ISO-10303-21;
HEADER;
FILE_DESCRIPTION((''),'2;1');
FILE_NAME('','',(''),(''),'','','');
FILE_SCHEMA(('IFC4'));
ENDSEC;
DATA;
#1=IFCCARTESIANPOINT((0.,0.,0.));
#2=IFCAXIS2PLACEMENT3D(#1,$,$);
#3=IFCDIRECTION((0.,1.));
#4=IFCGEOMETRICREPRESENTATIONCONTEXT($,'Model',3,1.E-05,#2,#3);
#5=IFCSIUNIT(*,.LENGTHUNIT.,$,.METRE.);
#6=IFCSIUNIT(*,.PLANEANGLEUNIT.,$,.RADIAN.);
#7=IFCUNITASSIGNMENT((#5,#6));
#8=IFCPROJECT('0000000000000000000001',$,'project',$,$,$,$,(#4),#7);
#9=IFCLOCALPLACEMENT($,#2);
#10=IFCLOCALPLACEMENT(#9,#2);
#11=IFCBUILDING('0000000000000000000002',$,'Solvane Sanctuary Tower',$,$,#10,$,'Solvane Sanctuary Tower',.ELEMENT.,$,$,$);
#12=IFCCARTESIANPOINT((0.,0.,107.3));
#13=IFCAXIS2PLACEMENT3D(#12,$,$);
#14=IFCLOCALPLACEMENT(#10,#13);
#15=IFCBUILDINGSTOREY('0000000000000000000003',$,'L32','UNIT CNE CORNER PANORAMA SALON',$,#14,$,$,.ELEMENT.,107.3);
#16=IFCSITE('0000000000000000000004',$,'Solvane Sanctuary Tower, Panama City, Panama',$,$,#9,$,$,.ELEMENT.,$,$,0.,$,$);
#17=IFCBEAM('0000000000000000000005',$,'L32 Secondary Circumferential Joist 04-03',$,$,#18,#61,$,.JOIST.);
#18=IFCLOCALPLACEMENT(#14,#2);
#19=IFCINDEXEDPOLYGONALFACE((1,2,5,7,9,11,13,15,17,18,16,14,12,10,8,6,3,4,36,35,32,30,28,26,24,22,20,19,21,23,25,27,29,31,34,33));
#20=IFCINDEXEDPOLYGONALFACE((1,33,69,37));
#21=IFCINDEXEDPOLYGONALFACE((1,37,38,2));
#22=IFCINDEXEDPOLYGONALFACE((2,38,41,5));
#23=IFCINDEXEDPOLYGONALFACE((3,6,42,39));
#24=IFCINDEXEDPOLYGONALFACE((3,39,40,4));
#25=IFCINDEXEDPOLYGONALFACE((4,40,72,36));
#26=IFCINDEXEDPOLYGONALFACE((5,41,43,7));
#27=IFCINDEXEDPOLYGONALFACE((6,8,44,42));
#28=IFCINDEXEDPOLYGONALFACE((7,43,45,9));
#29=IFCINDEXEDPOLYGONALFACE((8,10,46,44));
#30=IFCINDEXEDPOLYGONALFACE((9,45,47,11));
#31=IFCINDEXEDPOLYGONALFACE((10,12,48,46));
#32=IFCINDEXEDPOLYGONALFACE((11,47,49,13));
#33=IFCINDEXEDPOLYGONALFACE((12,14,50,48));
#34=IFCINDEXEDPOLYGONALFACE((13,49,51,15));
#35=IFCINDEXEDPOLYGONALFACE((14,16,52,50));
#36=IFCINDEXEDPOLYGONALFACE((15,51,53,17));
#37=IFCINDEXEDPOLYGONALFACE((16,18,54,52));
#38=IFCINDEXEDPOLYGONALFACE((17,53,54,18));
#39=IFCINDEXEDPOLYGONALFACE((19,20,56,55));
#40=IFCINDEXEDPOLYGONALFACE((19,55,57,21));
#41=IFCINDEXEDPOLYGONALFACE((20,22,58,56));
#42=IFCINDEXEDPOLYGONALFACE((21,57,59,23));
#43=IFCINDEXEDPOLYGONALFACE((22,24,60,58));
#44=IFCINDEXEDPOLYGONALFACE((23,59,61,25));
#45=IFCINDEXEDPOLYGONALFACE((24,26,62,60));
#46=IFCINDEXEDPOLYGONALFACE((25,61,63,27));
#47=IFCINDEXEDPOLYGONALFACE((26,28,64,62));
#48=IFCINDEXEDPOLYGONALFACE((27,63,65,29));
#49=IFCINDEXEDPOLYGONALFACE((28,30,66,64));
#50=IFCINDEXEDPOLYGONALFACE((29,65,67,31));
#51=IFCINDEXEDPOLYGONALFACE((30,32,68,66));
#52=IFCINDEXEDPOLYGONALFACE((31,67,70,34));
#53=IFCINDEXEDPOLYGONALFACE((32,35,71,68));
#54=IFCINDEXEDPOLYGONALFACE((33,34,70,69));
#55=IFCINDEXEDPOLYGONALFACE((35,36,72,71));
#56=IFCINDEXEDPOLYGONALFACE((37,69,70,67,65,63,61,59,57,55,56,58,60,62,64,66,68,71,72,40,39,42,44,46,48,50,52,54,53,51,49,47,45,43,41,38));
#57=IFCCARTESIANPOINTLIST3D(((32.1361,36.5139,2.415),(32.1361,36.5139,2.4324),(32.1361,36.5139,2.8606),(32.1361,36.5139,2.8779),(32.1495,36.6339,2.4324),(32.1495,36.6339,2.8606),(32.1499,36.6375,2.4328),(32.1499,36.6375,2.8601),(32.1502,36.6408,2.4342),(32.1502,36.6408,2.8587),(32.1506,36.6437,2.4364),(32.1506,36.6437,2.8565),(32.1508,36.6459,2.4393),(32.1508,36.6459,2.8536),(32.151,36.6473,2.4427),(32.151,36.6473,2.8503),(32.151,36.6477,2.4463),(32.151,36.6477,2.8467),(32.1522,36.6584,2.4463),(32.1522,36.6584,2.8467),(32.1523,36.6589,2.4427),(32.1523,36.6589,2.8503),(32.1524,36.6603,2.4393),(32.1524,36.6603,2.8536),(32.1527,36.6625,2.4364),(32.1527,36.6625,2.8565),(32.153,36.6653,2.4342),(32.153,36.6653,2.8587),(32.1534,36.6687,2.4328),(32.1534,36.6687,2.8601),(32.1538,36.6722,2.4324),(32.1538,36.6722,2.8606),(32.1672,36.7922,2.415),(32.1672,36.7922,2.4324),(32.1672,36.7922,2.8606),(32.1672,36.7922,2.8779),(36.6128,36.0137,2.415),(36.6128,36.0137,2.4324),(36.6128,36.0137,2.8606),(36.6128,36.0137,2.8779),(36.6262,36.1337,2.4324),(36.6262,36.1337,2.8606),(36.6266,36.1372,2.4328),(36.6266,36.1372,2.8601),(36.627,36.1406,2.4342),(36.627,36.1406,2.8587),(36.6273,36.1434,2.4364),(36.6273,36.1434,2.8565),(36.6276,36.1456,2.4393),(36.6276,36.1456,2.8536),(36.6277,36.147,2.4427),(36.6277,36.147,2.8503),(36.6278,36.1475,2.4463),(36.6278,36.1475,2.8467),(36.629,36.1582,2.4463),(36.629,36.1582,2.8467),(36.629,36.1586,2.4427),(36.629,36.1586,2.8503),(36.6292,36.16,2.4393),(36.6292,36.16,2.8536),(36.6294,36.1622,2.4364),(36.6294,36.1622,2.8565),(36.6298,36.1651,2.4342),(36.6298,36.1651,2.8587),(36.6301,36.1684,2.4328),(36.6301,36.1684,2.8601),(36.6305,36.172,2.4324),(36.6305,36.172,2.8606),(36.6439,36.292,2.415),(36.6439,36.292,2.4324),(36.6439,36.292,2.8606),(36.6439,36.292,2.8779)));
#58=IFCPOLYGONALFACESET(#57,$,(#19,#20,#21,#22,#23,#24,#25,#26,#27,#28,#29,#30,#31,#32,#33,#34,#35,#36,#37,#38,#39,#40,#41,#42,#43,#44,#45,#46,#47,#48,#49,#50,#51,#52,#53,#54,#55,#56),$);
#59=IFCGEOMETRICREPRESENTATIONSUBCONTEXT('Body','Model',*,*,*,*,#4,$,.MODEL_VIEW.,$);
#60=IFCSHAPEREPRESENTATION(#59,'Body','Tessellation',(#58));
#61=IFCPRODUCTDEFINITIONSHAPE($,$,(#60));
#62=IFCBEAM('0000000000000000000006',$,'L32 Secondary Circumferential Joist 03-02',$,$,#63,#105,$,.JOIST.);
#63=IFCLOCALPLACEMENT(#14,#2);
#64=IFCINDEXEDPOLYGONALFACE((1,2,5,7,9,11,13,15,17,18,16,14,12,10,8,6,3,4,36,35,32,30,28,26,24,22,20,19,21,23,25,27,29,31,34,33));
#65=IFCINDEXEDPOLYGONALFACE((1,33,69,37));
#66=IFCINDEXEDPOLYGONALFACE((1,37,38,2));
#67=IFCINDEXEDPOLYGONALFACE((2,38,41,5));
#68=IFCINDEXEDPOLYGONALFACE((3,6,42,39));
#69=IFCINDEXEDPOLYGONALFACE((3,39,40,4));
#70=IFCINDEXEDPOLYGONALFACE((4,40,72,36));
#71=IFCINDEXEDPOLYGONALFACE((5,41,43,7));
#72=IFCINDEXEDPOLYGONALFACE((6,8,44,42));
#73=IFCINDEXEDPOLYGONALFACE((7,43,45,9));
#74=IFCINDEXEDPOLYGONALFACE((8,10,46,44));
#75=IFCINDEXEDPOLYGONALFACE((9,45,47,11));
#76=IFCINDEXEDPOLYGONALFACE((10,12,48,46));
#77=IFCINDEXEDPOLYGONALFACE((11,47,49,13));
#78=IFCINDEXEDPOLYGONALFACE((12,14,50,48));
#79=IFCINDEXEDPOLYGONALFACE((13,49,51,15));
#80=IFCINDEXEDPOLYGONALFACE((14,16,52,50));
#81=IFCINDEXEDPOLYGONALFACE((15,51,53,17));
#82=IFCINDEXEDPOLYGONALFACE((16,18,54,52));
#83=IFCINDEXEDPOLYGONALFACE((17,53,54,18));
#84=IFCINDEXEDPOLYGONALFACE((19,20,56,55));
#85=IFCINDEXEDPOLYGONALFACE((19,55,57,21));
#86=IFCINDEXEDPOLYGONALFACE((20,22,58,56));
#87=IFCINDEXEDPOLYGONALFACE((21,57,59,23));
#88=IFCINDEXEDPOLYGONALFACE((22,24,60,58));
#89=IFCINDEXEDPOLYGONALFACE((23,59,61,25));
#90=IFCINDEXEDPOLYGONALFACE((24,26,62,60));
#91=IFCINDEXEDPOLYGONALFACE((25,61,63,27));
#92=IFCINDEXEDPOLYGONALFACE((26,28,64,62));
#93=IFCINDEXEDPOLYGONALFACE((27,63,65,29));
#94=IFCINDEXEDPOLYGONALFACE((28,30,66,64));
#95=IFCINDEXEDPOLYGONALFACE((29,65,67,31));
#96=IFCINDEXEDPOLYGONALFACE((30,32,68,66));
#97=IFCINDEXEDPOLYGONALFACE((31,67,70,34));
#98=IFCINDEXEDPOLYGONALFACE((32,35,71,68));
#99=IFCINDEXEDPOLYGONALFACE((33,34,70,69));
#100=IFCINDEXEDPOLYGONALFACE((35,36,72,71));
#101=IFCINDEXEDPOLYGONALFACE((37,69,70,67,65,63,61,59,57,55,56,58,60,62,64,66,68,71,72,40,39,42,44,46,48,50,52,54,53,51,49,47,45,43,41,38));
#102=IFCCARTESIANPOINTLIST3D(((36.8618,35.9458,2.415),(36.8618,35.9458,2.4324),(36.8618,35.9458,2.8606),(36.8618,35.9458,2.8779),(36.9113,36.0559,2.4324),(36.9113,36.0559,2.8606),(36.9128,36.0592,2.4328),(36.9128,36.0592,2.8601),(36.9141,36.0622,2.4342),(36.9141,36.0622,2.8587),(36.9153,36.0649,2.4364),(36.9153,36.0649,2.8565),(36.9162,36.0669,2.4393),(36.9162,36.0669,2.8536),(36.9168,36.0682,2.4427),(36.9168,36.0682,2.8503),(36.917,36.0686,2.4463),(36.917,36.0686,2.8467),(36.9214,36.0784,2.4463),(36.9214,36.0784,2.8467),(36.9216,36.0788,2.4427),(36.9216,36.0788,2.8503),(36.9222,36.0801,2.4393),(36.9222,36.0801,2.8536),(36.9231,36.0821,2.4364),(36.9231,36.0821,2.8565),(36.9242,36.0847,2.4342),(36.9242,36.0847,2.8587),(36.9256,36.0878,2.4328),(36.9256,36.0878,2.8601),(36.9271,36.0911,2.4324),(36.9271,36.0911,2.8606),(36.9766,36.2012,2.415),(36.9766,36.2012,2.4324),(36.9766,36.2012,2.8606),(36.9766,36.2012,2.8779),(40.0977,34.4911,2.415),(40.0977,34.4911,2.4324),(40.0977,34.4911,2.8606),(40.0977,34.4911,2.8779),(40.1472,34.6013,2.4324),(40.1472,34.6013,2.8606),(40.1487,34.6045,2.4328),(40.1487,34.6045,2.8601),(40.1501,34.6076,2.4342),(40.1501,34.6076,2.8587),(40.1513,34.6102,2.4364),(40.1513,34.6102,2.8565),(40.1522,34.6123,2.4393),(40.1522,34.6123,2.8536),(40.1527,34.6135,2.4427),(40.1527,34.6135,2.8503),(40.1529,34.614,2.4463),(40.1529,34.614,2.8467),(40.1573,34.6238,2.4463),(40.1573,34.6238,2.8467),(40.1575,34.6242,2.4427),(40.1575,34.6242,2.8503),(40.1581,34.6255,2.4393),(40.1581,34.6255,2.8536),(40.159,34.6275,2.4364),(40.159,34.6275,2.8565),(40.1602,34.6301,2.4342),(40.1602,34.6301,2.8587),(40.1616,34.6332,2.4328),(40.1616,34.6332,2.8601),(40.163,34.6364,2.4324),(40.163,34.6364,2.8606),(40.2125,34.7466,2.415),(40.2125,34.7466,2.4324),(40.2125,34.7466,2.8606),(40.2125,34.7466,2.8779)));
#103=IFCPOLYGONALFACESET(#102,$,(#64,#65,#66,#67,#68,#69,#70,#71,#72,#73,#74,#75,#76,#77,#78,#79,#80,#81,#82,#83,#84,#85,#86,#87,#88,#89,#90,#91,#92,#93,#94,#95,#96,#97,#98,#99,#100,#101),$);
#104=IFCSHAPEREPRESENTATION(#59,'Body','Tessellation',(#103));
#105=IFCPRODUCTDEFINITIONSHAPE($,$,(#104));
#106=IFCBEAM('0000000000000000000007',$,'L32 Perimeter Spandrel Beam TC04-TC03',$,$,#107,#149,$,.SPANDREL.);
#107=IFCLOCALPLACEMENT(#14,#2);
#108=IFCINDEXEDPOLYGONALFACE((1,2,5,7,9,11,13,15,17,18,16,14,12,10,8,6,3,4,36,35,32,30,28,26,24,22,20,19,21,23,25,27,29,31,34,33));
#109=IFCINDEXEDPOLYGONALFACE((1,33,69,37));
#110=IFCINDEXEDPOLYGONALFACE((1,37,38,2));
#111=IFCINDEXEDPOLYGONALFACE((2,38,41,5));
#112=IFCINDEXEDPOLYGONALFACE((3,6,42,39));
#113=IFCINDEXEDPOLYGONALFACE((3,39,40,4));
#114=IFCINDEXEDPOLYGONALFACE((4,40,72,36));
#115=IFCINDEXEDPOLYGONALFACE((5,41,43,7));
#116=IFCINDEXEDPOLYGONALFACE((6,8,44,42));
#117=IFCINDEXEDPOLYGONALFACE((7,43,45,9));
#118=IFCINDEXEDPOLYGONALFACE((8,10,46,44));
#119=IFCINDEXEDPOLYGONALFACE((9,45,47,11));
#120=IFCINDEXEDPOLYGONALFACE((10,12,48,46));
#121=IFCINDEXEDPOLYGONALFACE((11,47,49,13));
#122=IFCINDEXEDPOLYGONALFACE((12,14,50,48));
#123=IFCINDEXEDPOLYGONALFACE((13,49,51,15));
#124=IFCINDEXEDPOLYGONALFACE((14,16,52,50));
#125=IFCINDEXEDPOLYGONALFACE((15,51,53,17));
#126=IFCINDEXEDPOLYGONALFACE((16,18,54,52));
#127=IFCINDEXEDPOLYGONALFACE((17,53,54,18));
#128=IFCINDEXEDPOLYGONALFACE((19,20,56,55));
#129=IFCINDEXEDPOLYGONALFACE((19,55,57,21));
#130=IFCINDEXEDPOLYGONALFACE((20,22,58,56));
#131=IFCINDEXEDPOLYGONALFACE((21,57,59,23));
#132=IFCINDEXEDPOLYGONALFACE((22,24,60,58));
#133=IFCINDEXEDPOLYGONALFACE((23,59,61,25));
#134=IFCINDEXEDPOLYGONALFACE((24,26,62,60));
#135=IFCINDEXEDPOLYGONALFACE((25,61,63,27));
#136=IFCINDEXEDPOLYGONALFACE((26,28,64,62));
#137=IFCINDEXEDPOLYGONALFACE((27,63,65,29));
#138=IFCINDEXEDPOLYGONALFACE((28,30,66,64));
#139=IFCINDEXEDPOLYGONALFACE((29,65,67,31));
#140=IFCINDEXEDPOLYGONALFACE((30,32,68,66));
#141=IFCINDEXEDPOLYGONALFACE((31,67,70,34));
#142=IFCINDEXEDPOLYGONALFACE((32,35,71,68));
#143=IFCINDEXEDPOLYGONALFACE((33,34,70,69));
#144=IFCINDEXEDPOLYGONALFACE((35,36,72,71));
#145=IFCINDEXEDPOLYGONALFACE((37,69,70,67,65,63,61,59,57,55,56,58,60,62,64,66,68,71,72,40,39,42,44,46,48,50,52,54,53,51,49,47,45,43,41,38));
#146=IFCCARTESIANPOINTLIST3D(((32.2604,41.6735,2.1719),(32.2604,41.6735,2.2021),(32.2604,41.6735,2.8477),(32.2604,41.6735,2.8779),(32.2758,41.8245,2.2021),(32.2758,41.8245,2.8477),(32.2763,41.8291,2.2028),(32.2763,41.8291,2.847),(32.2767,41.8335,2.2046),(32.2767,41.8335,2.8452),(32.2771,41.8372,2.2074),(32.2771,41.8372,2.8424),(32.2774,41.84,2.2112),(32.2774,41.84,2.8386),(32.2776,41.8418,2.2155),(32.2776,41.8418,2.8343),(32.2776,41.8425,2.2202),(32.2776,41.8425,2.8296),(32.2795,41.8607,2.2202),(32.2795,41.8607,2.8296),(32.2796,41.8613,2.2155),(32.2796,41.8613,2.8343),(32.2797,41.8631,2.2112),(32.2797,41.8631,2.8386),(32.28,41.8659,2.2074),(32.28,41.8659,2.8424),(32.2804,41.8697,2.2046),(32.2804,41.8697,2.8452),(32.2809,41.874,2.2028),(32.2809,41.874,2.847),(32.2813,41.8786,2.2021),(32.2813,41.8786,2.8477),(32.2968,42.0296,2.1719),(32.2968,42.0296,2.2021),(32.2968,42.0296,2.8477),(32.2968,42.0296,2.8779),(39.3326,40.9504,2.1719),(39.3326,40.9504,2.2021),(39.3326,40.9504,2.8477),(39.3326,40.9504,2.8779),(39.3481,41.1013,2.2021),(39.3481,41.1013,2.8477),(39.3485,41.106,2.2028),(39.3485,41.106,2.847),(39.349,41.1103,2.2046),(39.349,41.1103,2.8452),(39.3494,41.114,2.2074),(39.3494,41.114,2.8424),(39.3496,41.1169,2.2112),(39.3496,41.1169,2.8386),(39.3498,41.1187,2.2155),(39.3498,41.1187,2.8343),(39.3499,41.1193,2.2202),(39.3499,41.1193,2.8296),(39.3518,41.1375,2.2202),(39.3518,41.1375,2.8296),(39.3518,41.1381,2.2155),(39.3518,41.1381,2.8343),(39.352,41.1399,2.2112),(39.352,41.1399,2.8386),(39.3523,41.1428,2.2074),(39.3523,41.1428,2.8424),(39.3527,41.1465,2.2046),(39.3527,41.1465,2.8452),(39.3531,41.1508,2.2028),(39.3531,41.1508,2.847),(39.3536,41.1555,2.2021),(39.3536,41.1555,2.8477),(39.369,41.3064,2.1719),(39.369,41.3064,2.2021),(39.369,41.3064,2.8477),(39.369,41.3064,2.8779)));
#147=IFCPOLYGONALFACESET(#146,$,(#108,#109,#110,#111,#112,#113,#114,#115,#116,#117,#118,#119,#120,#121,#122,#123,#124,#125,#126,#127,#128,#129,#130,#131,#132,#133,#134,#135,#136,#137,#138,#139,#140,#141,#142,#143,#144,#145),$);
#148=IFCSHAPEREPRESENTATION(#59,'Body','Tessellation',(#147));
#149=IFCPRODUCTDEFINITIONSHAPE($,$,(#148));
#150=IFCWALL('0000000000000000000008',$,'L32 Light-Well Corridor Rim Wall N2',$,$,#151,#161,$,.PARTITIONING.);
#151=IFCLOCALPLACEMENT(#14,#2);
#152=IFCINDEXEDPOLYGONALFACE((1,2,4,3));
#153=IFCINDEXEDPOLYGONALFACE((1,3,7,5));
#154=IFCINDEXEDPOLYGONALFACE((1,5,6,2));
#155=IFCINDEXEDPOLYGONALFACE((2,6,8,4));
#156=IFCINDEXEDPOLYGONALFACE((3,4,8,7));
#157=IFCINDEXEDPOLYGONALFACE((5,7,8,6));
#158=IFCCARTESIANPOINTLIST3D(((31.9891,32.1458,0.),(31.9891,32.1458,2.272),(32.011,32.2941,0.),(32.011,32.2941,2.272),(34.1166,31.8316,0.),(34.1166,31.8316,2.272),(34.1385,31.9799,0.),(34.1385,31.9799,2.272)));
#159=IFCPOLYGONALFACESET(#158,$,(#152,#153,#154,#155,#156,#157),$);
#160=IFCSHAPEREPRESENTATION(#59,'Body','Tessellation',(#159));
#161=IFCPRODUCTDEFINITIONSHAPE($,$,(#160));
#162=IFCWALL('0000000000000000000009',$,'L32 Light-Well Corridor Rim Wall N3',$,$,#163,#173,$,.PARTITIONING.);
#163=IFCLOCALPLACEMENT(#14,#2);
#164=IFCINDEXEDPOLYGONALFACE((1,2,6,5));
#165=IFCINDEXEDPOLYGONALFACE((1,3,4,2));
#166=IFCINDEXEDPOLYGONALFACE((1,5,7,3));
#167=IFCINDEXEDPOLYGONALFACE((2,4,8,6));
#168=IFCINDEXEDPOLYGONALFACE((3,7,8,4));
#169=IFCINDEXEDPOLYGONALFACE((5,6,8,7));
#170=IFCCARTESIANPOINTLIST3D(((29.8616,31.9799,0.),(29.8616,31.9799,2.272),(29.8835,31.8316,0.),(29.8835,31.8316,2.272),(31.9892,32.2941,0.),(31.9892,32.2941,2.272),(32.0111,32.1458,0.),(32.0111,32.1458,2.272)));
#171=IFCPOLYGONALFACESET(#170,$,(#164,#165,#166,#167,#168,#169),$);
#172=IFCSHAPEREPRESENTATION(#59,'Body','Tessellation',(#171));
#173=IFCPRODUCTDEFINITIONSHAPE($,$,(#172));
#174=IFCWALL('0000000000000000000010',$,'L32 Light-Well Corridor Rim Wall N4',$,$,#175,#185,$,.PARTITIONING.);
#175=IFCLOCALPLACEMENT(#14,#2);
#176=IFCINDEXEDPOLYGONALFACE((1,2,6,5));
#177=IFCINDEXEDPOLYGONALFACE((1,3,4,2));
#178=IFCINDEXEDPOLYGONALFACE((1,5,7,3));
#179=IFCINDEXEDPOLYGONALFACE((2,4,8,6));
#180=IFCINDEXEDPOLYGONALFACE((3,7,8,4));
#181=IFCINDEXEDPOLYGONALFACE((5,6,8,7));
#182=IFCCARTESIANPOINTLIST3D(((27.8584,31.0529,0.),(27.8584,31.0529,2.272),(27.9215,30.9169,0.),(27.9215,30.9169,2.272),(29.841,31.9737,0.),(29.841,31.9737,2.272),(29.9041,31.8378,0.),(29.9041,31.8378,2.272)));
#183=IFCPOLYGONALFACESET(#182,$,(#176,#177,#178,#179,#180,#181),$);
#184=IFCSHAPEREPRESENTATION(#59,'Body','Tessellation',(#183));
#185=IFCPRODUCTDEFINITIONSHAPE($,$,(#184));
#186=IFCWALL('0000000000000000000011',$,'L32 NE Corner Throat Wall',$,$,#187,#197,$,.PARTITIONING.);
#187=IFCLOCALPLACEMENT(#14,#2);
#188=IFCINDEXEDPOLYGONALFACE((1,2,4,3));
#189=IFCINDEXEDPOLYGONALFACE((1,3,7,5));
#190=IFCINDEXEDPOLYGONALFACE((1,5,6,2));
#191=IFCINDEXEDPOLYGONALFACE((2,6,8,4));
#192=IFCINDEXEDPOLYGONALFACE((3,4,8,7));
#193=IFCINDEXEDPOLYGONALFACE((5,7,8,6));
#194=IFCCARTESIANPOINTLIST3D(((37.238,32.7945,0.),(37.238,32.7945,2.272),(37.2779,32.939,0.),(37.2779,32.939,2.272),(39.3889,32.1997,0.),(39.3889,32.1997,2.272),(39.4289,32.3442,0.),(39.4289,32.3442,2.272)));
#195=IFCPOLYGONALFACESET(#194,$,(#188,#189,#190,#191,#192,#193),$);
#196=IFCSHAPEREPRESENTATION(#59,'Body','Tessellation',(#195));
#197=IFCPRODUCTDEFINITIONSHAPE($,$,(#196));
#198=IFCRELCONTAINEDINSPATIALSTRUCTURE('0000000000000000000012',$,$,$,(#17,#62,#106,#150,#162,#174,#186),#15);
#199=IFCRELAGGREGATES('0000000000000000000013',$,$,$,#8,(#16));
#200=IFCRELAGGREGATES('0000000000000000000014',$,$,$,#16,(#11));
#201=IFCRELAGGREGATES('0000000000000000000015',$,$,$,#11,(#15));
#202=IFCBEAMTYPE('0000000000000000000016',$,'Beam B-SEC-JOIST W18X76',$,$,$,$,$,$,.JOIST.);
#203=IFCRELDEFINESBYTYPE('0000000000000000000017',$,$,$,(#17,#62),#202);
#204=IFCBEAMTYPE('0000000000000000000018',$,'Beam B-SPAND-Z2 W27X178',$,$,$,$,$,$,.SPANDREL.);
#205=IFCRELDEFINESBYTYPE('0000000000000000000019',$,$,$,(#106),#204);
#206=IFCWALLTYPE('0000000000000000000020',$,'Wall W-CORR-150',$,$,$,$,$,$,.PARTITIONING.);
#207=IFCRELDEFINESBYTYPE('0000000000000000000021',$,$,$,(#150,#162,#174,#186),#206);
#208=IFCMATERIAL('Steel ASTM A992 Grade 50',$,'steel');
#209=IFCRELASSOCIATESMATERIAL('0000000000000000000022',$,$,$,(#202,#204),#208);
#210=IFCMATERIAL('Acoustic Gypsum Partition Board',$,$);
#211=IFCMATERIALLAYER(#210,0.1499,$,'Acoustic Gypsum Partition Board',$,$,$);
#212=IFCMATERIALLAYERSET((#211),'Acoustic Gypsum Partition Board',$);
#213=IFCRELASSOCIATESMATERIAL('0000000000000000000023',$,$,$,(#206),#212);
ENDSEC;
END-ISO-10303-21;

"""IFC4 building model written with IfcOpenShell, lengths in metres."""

from ifc_helpers import new_model, si_unit, direction, frame, frame_2d, origin, origin_2d, place, context, subcontext, project, spatial, rectangle, i_section, extrude, material, layer, layer_set, material_profile, profile_set, type_object, element, save


model = new_model("IFC4")

# Units and contexts
model_context = context("Model", 3, precision=1e-05, world=origin(), true_north=direction((0.0, 1.0)))
body_context = subcontext(model_context, "Body", "Model", "MODEL_VIEW")
ifc_project = project(units=[si_unit("LENGTHUNIT", "METRE"), si_unit("PLANEANGLEUNIT", "RADIAN")], contexts=[model_context])

# Site, building, storey
site_placement = place(None, origin())
site = spatial("IfcSite", under=ifc_project, at=site_placement, Name="Solvane Sanctuary Tower, Panama City, Panama", CompositionType="ELEMENT", RefElevation=0.0)
building_placement = place(site_placement, origin())
building = spatial("IfcBuilding", under=site, at=building_placement, Name="Solvane Sanctuary Tower", LongName="Solvane Sanctuary Tower", CompositionType="ELEMENT")
storey_placement = place(building_placement, frame((0.0, 0.0, 107.3)))
storey = spatial("IfcBuildingStorey", under=building, at=storey_placement, Name="L32", Description="UNIT CNE CORNER PANORAMA SALON", CompositionType="ELEMENT", Elevation=107.3)

# Beams
ifc_material_1 = material(Name="Steel ASTM A992 Grade 50", Category="steel")
ifc_material_profile_1 = material_profile(ifc_material_1, i_section(OverallWidth=0.28, OverallDepth=0.4629, WebThickness=0.0107, FlangeThickness=0.0173, FilletRadius=0.0139, at=origin_2d()), Name="W18X76")
ifc_profile_set_1 = profile_set([ifc_material_profile_1], Name="Steel ASTM A992 Grade 50")
beam_type_1 = type_object("IfcBeamType", Name="Beam B-SEC-JOIST W18X76", PredefinedType="JOIST", material=ifc_profile_set_1)
beam_1_placement = place(storey_placement, frame((32.1516, 36.6531, 2.6465), z_axis=(0.993815, -0.11105, 0.0), x_axis=(0.11105, 0.993815, 0.0)))
element("IfcBeam", 1, at=beam_1_placement, inside=storey, type_object=beam_type_1, Name="L32 Secondary Circumferential Joist 04-03", PredefinedType="JOIST", context=body_context, shape_type="SweptSolid", body=[
    extrude(i_section(OverallWidth=0.28, OverallDepth=0.4629, WebThickness=0.0107, FlangeThickness=0.0173, FilletRadius=0.0139, at=origin_2d()), origin(), (0.0, 0.0, 1.0), 4.5046),
])
beam_2_placement = place(storey_placement, frame((36.9192, 36.0735, 2.6465), z_axis=(0.912084, -0.410004, 0.0), x_axis=(0.410004, 0.912084, 0.0)))
element("IfcBeam", 2, at=beam_2_placement, inside=storey, type_object=beam_type_1, Name="L32 Secondary Circumferential Joist 03-02", PredefinedType="JOIST", context=body_context, shape_type="SweptSolid", body=[
    extrude(i_section(OverallWidth=0.28, OverallDepth=0.4629, WebThickness=0.0107, FlangeThickness=0.0173, FilletRadius=0.0139, at=origin_2d()), origin(), (0.0, 0.0, 1.0), 3.5479),
])
ifc_material_profile_2 = material_profile(ifc_material_1, i_section(OverallWidth=0.3579, OverallDepth=0.7061, WebThickness=0.0183, FlangeThickness=0.0303, FilletRadius=0.0181, at=origin_2d()), Name="W27X178")
ifc_profile_set_2 = profile_set([ifc_material_profile_2], Name="Steel ASTM A992 Grade 50")
beam_type_2 = type_object("IfcBeamType", Name="Beam B-SPAND-Z2 W27X178", PredefinedType="SPANDREL", material=ifc_profile_set_2)
beam_3_placement = place(storey_placement, frame((32.2786, 41.8516, 2.5249), z_axis=(0.994813, -0.10172, 0.0), x_axis=(0.10172, 0.994813, 0.0)))
element("IfcBeam", 3, at=beam_3_placement, inside=storey, type_object=beam_type_2, Name="L32 Perimeter Spandrel Beam TC04-TC03", PredefinedType="SPANDREL", context=body_context, shape_type="SweptSolid", body=[
    extrude(i_section(OverallWidth=0.3579, OverallDepth=0.7061, WebThickness=0.0183, FlangeThickness=0.0303, FilletRadius=0.0181, at=origin_2d()), origin(), (0.0, 0.0, 1.0), 7.1091),
])

# Walls
ifc_material_2 = material(Name="Acoustic Gypsum Partition Board")
ifc_layer_1 = layer(ifc_material_2, 0.1499, Name="Acoustic Gypsum Partition Board")
ifc_layer_set_1 = layer_set([ifc_layer_1], Name="Acoustic Gypsum Partition Board")
wall_type_1 = type_object("IfcWallType", Name="Wall W-CORR-150", PredefinedType="PARTITIONING", material=ifc_layer_set_1)
for number, where, z_axis, x_axis, name in (
    (4, (34.1274, 31.9058, 0.0), (0.0, 0.0, 1.0), (-0.989269, 0.146108, 0.0), "L32 Light-Well Corridor Rim Wall N2"),
    (5, (32.0, 32.22, 0.0), (0.0, 0.0, 1.0), (-0.989269, -0.146108, 0.0), "L32 Light-Well Corridor Rim Wall N3"),
):
    element("IfcWall", number, at=place(storey_placement, frame(where, z_axis=z_axis, x_axis=x_axis)), inside=storey, type_object=wall_type_1, Name=name, PredefinedType="PARTITIONING", context=body_context, shape_type="SweptSolid", body=[
        extrude(rectangle(XDim=2.1506, YDim=0.1499, at=frame_2d((1.0752, 0.0))), origin(), (0.0, 0.0, 1.0), 2.272),
    ])
wall_1_placement = place(storey_placement, frame((29.8726, 31.9058, 0.0), z_axis=(0.0, 0.0, 1.0), x_axis=(-0.906943, -0.421252, 0.0)))
element("IfcWall", 6, at=wall_1_placement, inside=storey, type_object=wall_type_1, Name="L32 Light-Well Corridor Rim Wall N4", PredefinedType="PARTITIONING", context=body_context, shape_type="SweptSolid", body=[
    extrude(rectangle(XDim=2.186, YDim=0.1499, at=frame_2d((1.093, 0.0))), origin(), (0.0, 0.0, 1.0), 2.272),
])
wall_2_placement = place(storey_placement, frame((37.2581, 32.8667, 0.0), z_axis=(0.0, 0.0, 1.0), x_axis=(0.963834, -0.266504, 0.0)))
element("IfcWall", 7, at=wall_2_placement, inside=storey, type_object=wall_type_1, Name="L32 NE Corner Throat Wall", PredefinedType="PARTITIONING", context=body_context, shape_type="SweptSolid", body=[
    extrude(rectangle(XDim=2.2317, YDim=0.1499, at=frame_2d((1.1157, 0.0))), origin(), (0.0, 0.0, 1.0), 2.272),
])

save(model, "model.ifc")
